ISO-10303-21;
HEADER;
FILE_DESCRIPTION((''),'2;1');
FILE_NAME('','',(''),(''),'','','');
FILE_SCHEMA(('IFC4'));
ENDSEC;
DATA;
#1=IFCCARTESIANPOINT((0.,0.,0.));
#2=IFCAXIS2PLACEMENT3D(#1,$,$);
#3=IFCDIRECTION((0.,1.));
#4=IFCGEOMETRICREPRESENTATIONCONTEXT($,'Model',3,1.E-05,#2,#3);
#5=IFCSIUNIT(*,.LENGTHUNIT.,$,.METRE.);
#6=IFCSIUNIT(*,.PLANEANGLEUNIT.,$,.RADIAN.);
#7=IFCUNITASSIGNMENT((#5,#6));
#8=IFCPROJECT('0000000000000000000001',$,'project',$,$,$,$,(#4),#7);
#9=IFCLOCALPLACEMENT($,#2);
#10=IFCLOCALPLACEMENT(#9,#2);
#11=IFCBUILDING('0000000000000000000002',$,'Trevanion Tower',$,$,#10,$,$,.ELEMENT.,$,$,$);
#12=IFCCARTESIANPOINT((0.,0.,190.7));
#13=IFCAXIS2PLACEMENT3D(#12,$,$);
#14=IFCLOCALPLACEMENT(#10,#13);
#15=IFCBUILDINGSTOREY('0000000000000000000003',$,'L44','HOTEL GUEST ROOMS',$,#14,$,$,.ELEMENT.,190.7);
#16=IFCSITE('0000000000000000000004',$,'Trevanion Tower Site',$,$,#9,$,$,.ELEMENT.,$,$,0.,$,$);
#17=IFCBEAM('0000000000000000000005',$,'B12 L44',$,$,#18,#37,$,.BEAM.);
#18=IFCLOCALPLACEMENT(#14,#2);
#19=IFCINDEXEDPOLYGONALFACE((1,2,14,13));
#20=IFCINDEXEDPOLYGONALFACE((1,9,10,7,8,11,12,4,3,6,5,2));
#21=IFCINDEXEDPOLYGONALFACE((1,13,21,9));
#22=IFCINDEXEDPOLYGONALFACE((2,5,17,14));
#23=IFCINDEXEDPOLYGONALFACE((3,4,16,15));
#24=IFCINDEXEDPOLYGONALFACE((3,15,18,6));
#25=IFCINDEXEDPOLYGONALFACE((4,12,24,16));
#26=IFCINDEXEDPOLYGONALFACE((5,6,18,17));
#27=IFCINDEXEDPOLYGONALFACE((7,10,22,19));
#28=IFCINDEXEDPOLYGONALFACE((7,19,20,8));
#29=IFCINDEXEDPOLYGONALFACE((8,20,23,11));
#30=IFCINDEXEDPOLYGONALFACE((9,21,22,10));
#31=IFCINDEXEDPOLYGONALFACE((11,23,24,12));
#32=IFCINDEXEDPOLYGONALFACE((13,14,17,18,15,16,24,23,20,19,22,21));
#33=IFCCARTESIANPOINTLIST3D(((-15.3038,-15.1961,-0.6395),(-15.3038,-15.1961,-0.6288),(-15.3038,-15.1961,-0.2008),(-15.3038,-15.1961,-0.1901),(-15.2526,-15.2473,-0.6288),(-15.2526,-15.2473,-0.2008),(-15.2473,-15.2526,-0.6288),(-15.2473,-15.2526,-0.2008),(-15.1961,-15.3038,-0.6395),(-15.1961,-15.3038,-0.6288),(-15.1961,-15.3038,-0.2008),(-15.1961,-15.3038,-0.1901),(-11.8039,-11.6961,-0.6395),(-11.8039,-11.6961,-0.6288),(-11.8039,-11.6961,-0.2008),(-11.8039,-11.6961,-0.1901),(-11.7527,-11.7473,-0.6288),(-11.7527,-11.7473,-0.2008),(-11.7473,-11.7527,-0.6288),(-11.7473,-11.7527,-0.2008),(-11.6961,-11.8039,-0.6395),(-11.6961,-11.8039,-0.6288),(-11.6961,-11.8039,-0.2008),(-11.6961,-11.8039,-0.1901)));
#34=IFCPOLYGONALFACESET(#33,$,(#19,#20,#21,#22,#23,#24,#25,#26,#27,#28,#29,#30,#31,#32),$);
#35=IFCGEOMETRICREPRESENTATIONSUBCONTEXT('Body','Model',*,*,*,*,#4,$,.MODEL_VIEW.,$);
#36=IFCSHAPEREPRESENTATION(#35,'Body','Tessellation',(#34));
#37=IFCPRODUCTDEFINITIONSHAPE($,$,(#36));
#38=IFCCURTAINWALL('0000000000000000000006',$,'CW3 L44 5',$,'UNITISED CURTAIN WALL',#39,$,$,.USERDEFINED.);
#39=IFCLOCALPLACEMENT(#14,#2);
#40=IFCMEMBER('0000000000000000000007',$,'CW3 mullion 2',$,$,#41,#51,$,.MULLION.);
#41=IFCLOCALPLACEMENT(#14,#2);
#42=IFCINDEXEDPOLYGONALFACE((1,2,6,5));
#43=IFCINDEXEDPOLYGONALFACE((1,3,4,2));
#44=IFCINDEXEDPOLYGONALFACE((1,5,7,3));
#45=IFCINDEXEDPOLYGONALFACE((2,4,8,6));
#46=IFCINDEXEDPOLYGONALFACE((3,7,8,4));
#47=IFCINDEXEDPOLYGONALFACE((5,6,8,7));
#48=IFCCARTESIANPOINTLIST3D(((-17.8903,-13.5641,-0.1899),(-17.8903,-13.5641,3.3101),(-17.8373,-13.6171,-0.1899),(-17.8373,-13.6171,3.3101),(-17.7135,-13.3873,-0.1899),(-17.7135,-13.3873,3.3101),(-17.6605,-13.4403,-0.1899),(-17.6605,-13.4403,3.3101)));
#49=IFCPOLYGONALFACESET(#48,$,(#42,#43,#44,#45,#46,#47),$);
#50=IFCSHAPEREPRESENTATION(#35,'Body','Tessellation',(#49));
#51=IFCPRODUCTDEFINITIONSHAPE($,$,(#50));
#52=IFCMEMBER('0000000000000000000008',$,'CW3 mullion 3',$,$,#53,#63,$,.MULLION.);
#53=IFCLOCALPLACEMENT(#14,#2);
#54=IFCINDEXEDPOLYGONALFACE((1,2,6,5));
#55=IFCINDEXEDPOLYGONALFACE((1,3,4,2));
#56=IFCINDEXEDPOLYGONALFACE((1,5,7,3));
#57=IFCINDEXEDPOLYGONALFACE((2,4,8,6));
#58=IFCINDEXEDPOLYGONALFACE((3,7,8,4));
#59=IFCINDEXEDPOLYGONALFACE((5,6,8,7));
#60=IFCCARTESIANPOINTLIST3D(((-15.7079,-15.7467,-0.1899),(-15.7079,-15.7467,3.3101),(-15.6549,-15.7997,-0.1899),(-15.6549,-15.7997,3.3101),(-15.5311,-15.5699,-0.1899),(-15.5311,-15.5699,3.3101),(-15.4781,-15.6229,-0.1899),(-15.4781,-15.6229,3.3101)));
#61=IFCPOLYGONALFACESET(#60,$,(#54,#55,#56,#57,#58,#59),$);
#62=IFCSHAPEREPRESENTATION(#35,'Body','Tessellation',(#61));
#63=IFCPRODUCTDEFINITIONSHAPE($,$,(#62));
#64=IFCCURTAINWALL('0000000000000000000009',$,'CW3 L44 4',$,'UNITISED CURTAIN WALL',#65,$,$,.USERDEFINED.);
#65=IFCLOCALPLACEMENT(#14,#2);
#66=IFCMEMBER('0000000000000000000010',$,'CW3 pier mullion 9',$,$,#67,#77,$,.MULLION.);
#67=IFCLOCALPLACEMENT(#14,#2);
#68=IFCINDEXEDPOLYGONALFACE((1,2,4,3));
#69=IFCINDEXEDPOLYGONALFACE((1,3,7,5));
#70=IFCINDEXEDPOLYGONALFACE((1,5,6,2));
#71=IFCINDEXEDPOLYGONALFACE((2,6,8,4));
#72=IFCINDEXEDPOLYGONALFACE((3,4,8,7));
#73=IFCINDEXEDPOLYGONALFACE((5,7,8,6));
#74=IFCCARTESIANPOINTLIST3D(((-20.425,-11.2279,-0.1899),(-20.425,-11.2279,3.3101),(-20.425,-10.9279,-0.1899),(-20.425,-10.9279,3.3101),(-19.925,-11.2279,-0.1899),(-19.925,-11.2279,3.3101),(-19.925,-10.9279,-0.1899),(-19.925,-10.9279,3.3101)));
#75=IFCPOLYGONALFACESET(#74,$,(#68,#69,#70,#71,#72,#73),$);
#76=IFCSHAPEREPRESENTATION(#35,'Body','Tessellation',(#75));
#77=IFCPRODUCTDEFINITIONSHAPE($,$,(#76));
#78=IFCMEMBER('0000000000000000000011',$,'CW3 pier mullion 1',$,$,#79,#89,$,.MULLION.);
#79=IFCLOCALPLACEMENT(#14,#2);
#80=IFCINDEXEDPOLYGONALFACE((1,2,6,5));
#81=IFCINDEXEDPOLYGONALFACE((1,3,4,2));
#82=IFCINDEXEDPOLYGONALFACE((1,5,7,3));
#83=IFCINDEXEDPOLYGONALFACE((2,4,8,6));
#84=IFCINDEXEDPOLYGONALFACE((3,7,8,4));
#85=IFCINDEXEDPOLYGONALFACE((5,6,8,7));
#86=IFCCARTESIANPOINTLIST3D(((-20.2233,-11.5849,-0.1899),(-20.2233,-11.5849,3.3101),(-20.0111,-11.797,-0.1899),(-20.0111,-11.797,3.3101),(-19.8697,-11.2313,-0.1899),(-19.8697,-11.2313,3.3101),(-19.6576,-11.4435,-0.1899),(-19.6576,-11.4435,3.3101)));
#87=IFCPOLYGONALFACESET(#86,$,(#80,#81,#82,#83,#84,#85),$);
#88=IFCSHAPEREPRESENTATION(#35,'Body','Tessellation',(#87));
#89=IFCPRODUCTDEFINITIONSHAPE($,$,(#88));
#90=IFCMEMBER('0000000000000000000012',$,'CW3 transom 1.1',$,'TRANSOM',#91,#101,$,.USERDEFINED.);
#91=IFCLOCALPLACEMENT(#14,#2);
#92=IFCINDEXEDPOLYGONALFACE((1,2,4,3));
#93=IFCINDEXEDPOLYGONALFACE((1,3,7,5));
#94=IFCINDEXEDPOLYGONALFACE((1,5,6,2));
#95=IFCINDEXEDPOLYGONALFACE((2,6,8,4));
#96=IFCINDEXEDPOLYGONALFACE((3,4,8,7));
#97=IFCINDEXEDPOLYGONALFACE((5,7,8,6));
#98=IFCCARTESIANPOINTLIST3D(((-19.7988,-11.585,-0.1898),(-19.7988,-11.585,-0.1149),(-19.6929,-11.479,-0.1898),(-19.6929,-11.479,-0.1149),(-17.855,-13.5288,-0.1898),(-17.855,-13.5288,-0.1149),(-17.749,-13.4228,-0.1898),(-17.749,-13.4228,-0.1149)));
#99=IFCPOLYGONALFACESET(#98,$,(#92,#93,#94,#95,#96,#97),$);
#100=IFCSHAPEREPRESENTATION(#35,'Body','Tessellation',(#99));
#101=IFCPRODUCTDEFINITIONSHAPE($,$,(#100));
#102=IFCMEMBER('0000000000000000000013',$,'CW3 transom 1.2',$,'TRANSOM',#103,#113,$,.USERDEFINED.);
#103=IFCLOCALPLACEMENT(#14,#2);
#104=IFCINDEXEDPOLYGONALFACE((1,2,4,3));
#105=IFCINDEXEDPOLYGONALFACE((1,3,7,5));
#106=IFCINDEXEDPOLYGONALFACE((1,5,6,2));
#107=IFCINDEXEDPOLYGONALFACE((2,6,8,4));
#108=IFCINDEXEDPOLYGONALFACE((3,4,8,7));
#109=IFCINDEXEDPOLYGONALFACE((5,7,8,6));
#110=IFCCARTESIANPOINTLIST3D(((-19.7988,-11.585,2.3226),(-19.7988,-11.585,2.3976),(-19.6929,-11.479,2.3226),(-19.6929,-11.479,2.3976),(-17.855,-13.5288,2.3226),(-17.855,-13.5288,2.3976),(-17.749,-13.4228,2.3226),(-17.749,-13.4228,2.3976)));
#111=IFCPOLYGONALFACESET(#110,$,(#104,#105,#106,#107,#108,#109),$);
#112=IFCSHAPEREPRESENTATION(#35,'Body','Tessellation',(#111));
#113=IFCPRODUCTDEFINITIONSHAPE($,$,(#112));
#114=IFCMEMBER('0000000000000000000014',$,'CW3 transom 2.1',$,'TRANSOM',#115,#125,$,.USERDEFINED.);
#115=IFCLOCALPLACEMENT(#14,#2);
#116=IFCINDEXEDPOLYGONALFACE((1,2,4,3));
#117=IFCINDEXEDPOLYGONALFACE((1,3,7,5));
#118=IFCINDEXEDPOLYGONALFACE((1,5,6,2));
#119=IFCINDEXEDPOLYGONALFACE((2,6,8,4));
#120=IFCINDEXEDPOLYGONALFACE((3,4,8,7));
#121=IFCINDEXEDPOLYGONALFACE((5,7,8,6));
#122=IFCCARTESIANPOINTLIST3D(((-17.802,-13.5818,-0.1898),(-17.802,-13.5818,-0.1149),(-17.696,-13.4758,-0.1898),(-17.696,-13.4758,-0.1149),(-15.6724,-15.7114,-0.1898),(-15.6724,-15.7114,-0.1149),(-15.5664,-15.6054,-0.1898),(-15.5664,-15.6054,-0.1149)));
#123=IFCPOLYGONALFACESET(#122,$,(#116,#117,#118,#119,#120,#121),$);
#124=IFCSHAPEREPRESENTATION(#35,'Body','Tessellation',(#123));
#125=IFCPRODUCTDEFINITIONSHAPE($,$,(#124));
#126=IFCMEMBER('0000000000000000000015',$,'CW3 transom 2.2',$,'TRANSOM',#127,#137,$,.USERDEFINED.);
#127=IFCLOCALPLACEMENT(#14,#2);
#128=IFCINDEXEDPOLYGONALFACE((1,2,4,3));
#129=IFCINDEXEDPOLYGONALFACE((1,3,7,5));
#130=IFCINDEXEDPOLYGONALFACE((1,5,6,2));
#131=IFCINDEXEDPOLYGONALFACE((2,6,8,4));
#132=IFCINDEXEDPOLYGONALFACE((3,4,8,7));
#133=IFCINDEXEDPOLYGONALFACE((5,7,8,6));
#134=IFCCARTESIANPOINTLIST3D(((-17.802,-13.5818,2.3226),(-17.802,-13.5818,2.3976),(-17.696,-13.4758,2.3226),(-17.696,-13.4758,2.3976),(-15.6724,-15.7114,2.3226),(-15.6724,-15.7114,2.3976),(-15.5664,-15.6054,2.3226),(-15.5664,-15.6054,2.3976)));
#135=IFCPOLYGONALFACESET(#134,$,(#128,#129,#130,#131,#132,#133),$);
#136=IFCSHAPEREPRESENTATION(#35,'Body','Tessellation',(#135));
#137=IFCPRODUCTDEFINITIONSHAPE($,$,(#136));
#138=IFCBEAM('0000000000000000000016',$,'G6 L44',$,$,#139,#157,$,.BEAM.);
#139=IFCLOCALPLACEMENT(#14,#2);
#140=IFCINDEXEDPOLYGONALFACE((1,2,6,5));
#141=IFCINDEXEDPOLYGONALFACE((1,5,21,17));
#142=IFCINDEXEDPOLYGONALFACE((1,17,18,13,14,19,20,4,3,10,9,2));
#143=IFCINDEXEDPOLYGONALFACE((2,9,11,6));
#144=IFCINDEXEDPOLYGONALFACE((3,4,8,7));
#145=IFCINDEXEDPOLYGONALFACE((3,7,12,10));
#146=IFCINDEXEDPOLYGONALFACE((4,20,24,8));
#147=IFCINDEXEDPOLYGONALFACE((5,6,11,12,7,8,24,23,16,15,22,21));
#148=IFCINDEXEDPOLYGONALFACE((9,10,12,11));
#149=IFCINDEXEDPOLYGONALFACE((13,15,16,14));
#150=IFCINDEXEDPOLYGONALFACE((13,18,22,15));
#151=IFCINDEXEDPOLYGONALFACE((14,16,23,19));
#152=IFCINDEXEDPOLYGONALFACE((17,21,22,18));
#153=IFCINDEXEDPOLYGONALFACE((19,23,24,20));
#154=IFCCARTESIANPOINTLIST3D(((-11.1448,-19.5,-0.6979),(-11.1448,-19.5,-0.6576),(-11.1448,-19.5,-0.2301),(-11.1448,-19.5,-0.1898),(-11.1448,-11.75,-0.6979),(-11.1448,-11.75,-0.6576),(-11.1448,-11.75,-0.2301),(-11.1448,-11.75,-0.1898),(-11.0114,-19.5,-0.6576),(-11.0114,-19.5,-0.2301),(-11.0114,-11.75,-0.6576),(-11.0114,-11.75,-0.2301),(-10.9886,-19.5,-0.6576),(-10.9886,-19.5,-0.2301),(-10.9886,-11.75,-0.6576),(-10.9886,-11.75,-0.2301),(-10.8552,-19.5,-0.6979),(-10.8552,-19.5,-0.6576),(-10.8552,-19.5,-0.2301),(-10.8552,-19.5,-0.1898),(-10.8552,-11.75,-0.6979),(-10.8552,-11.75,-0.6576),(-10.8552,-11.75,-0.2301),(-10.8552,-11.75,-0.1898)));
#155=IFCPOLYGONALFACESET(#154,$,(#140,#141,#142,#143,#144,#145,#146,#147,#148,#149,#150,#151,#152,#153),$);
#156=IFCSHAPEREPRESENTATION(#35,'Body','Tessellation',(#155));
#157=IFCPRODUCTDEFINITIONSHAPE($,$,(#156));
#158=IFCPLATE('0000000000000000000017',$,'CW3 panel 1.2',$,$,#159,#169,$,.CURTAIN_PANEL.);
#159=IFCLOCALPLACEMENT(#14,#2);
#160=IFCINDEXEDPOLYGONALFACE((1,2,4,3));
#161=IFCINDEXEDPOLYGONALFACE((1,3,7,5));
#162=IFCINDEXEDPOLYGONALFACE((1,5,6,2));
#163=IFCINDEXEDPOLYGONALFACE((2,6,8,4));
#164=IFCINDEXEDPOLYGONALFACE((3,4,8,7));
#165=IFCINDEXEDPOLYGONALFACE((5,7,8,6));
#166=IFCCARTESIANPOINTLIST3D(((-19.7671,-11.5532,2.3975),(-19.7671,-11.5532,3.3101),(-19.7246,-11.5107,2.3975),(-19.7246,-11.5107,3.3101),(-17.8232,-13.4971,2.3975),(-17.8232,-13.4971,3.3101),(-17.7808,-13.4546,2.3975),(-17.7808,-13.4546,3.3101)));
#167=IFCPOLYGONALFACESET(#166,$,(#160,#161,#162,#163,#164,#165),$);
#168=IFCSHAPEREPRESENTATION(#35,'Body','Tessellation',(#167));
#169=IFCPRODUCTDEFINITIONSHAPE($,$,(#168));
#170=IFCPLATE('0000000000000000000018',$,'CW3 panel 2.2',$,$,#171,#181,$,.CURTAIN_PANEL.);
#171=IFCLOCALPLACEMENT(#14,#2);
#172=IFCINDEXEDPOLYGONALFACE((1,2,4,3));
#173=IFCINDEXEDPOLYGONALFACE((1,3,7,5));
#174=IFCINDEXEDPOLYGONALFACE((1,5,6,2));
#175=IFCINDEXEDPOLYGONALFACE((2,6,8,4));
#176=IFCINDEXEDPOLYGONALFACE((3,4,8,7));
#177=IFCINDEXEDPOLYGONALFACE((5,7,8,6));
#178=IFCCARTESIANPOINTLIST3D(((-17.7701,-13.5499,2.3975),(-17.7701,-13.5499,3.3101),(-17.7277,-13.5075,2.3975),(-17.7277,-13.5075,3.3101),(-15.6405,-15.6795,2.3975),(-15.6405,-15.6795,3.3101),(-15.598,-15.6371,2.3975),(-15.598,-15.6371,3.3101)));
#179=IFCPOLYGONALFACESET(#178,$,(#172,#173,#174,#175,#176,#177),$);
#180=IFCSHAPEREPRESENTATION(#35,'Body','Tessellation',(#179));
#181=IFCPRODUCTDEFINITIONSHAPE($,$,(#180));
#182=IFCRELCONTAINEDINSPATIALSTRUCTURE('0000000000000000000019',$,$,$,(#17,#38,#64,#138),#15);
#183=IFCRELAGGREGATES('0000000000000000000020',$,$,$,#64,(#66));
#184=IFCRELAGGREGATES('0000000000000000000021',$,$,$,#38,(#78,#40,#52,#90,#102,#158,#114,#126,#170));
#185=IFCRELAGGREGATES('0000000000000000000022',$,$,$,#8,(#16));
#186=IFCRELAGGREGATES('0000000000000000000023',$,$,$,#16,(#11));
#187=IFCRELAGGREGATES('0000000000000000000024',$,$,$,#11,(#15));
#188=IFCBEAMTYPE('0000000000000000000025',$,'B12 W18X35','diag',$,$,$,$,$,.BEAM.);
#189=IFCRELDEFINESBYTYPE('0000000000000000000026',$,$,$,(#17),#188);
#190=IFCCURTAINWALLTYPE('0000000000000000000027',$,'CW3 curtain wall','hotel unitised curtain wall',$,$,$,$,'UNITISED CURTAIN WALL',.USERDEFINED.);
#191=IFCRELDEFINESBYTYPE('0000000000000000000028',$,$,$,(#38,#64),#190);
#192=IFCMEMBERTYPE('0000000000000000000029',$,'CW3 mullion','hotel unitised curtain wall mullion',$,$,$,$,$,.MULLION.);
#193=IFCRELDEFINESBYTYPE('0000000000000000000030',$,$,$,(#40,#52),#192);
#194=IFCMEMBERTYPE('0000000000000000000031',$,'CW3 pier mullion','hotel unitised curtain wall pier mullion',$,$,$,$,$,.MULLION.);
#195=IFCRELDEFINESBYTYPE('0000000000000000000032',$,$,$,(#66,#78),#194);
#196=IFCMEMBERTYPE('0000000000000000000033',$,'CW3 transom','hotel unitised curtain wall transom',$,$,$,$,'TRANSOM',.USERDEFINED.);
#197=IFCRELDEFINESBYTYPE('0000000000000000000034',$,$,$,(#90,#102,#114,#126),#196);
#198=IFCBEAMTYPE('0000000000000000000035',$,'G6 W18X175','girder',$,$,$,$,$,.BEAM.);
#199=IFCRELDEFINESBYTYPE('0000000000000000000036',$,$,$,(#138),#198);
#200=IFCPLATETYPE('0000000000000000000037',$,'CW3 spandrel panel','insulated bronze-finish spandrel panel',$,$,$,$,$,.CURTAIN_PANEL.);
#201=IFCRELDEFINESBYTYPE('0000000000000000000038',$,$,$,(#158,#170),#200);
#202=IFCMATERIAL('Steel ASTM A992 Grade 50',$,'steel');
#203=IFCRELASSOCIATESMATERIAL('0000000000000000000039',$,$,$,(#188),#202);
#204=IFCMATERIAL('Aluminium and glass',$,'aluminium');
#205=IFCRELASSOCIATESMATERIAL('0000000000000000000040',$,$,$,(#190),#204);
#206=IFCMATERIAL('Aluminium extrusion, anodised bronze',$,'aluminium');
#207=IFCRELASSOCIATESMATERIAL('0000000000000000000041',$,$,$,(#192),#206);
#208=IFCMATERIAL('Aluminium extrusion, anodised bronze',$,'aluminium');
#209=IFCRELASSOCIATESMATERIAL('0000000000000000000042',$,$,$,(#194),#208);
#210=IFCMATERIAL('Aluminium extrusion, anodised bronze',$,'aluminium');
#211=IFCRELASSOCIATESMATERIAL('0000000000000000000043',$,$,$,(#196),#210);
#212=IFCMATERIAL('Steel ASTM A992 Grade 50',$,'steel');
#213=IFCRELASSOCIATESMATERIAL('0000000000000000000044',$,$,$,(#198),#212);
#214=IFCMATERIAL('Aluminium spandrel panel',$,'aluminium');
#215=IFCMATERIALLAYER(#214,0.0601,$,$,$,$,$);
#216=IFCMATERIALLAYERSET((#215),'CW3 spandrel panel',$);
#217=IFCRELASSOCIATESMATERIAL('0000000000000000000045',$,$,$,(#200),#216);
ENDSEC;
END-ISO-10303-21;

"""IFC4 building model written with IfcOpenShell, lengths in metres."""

from ifc_helpers import new_model, si_unit, direction, frame, origin, origin_2d, place, context, subcontext, project, spatial, rectangle, i_section, extrude, material, layer, layer_set, material_profile, profile_set, type_object, element, aggregate, save


model = new_model("IFC4")

# Units and contexts
model_context = context("Model", 3, precision=1e-05, world=origin(), true_north=direction((0.0, 1.0)))
body_context = subcontext(model_context, "Body", "Model", "MODEL_VIEW")
ifc_project = project(units=[si_unit("LENGTHUNIT", "METRE"), si_unit("PLANEANGLEUNIT", "RADIAN")], contexts=[model_context])

# Site, building, storey
site_placement = place(None, origin())
site = spatial("IfcSite", under=ifc_project, at=site_placement, Name="Trevanion Tower Site", CompositionType="ELEMENT", RefElevation=0.0)
building_placement = place(site_placement, origin())
building = spatial("IfcBuilding", under=site, at=building_placement, Name="Trevanion Tower", CompositionType="ELEMENT")
storey_placement = place(building_placement, frame((0.0, 0.0, 190.7)))
storey = spatial("IfcBuildingStorey", under=building, at=storey_placement, Name="L44", Description="HOTEL GUEST ROOMS", CompositionType="ELEMENT", Elevation=190.7)

# Beam
ifc_material_1 = material(Name="Steel ASTM A992 Grade 50", Category="steel")
ifc_material_profile_1 = material_profile(ifc_material_1, i_section(OverallWidth=0.1523, OverallDepth=0.4495, WebThickness=0.0076, FlangeThickness=0.0107, at=origin_2d()), Name="W18X35")
ifc_profile_set_1 = profile_set([ifc_material_profile_1], Name="Steel ASTM A992 Grade 50")
beam_type_1 = type_object("IfcBeamType", Name="B12 W18X35", Description="diag", PredefinedType="BEAM", material=ifc_profile_set_1)
beam_1_placement = place(storey_placement, frame((-11.75, -11.75, -0.4148), z_axis=(-0.707107, -0.707107, 0.0), x_axis=(0.707107, -0.707107, 0.0)))
element("IfcBeam", 1, at=beam_1_placement, inside=storey, type_object=beam_type_1, Name="B12 L44", PredefinedType="BEAM", context=body_context, shape_type="SweptSolid", body=[
    extrude(i_section(OverallWidth=0.1523, OverallDepth=0.4495, WebThickness=0.0076, FlangeThickness=0.0107, at=origin_2d()), origin(), (0.0, 0.0, 1.0), 4.9497),
])

# Curtain wall, members
ifc_material_2 = material(Name="Aluminium and glass", Category="aluminium")
curtain_wall_type = type_object("IfcCurtainWallType", Name="CW3 curtain wall", Description="hotel unitised curtain wall", ElementType="UNITISED CURTAIN WALL", PredefinedType="USERDEFINED", material=ifc_material_2)
curtain_wall_1_placement = place(storey_placement, origin())
curtain_wall_1 = element("IfcCurtainWall", 2, at=curtain_wall_1_placement, inside=storey, type_object=curtain_wall_type, Name="CW3 L44 5", ObjectType="UNITISED CURTAIN WALL", PredefinedType="USERDEFINED")
ifc_material_3 = material(Name="Aluminium extrusion, anodised bronze", Category="aluminium")
ifc_material_profile_2 = material_profile(ifc_material_3, rectangle(XDim=0.075, YDim=0.25, at=origin_2d()), Name="CW3 mullion")
ifc_profile_set_2 = profile_set([ifc_material_profile_2], Name="Aluminium extrusion, anodised bronze")
member_type_1 = type_object("IfcMemberType", Name="CW3 mullion", Description="hotel unitised curtain wall mullion", PredefinedType="MULLION", material=ifc_profile_set_2)
member_1_placement = place(storey_placement, frame((-17.7754, -13.5022, -0.1899), z_axis=(0.0, 0.0, 1.0), x_axis=(0.707107, -0.707107, 0.0)))
member_1 = element("IfcMember", 3, at=member_1_placement, type_object=member_type_1, Name="CW3 mullion 2", PredefinedType="MULLION", context=body_context, shape_type="SweptSolid", body=[
    extrude(rectangle(XDim=0.075, YDim=0.25, at=origin_2d()), origin(), (0.0, 0.0, 1.0), 3.5),
])
member_2_placement = place(storey_placement, frame((-15.593, -15.6848, -0.1899), z_axis=(0.0, 0.0, 1.0), x_axis=(0.707107, -0.707107, 0.0)))
member_2 = element("IfcMember", 4, at=member_2_placement, type_object=member_type_1, Name="CW3 mullion 3", PredefinedType="MULLION", context=body_context, shape_type="SweptSolid", body=[
    extrude(rectangle(XDim=0.075, YDim=0.25, at=origin_2d()), origin(), (0.0, 0.0, 1.0), 3.5),
])

# Curtain wall, member
curtain_wall_2_placement = place(storey_placement, origin())
curtain_wall_2 = element("IfcCurtainWall", 5, at=curtain_wall_2_placement, inside=storey, type_object=curtain_wall_type, Name="CW3 L44 4", ObjectType="UNITISED CURTAIN WALL", PredefinedType="USERDEFINED")
ifc_material_4 = material(Name="Aluminium extrusion, anodised bronze", Category="aluminium")
ifc_material_profile_3 = material_profile(ifc_material_4, rectangle(XDim=0.3, YDim=0.5, at=origin_2d()), Name="CW3 pier mullion")
ifc_profile_set_3 = profile_set([ifc_material_profile_3], Name="Aluminium extrusion, anodised bronze")
member_type_2 = type_object("IfcMemberType", Name="CW3 pier mullion", Description="hotel unitised curtain wall pier mullion", PredefinedType="MULLION", material=ifc_profile_set_3)
member_3_placement = place(storey_placement, frame((-20.175, -11.0779, -0.1899), z_axis=(0.0, 0.0, 1.0), x_axis=(0.0, -1.0, 0.0)))
member_3 = element("IfcMember", 6, at=member_3_placement, type_object=member_type_2, Name="CW3 pier mullion 9", PredefinedType="MULLION", context=body_context, shape_type="SweptSolid", body=[
    extrude(rectangle(XDim=0.3, YDim=0.5, at=origin_2d()), origin(), (0.0, 0.0, 1.0), 3.5),
])
aggregate(curtain_wall_2, [member_3])

# Members
member_4_placement = place(storey_placement, frame((-19.9404, -11.5142, -0.1899), z_axis=(0.0, 0.0, 1.0), x_axis=(0.707107, -0.707107, 0.0)))
member_4 = element("IfcMember", 7, at=member_4_placement, type_object=member_type_2, Name="CW3 pier mullion 1", PredefinedType="MULLION", context=body_context, shape_type="SweptSolid", body=[
    extrude(rectangle(XDim=0.3, YDim=0.5, at=origin_2d()), origin(), (0.0, 0.0, 1.0), 3.5),
])
ifc_material_5 = material(Name="Aluminium extrusion, anodised bronze", Category="aluminium")
ifc_material_profile_4 = material_profile(ifc_material_5, rectangle(XDim=0.1499, YDim=0.075, at=origin_2d()), Name="CW3 transom")
ifc_profile_set_4 = profile_set([ifc_material_profile_4], Name="Aluminium extrusion, anodised bronze")
member_type_3 = type_object("IfcMemberType", Name="CW3 transom", Description="hotel unitised curtain wall transom", ElementType="TRANSOM", PredefinedType="USERDEFINED", material=ifc_profile_set_4)
member_5_placement = place(storey_placement, frame((-19.7458, -11.532, -0.1523), z_axis=(0.707107, -0.707107, 0.0), x_axis=(0.707107, 0.707107, 0.0)))
member_5 = element("IfcMember", 8, at=member_5_placement, type_object=member_type_3, Name="CW3 transom 1.1", ObjectType="TRANSOM", PredefinedType="USERDEFINED", context=body_context, shape_type="SweptSolid", body=[
    extrude(rectangle(XDim=0.1499, YDim=0.075, at=origin_2d()), origin(), (0.0, 0.0, 1.0), 2.749),
])
member_6_placement = place(storey_placement, frame((-19.7458, -11.532, 2.3601), z_axis=(0.707107, -0.707107, 0.0), x_axis=(0.707107, 0.707107, 0.0)))
member_6 = element("IfcMember", 9, at=member_6_placement, type_object=member_type_3, Name="CW3 transom 1.2", ObjectType="TRANSOM", PredefinedType="USERDEFINED", context=body_context, shape_type="SweptSolid", body=[
    extrude(rectangle(XDim=0.1499, YDim=0.075, at=origin_2d()), origin(), (0.0, 0.0, 1.0), 2.749),
])
member_7_placement = place(storey_placement, frame((-17.749, -13.5288, -0.1523), z_axis=(0.707107, -0.707107, 0.0), x_axis=(0.707107, 0.707107, 0.0)))
member_7 = element("IfcMember", 10, at=member_7_placement, type_object=member_type_3, Name="CW3 transom 2.1", ObjectType="TRANSOM", PredefinedType="USERDEFINED", context=body_context, shape_type="SweptSolid", body=[
    extrude(rectangle(XDim=0.1499, YDim=0.075, at=origin_2d()), origin(), (0.0, 0.0, 1.0), 3.0117),
])
member_8_placement = place(storey_placement, frame((-17.749, -13.5288, 2.3601), z_axis=(0.707107, -0.707107, 0.0), x_axis=(0.707107, 0.707107, 0.0)))
member_8 = element("IfcMember", 11, at=member_8_placement, type_object=member_type_3, Name="CW3 transom 2.2", ObjectType="TRANSOM", PredefinedType="USERDEFINED", context=body_context, shape_type="SweptSolid", body=[
    extrude(rectangle(XDim=0.1499, YDim=0.075, at=origin_2d()), origin(), (0.0, 0.0, 1.0), 3.0117),
])

# Beam
ifc_material_6 = material(Name="Steel ASTM A992 Grade 50", Category="steel")
ifc_material_profile_5 = material_profile(ifc_material_6, i_section(OverallWidth=0.2896, OverallDepth=0.5081, WebThickness=0.0227, FlangeThickness=0.0403, at=origin_2d()), Name="W18X175")
ifc_profile_set_5 = profile_set([ifc_material_profile_5], Name="Steel ASTM A992 Grade 50")
beam_type_2 = type_object("IfcBeamType", Name="G6 W18X175", Description="girder", PredefinedType="BEAM", material=ifc_profile_set_5)
beam_2_placement = place(storey_placement, frame((-11.0, -11.75, -0.4438), z_axis=(0.0, -1.0, 0.0), x_axis=(1.0, 0.0, 0.0)))
element("IfcBeam", 12, at=beam_2_placement, inside=storey, type_object=beam_type_2, Name="G6 L44", PredefinedType="BEAM", context=body_context, shape_type="SweptSolid", body=[
    extrude(i_section(OverallWidth=0.2896, OverallDepth=0.5081, WebThickness=0.0227, FlangeThickness=0.0403, at=origin_2d()), origin(), (0.0, 0.0, 1.0), 7.75),
])

# Plates
ifc_material_7 = material(Name="Aluminium spandrel panel", Category="aluminium")
ifc_layer_1 = layer(ifc_material_7, 0.0601)
ifc_layer_set_1 = layer_set([ifc_layer_1], Name="CW3 spandrel panel")
plate_type_1 = type_object("IfcPlateType", Name="CW3 spandrel panel", Description="insulated bronze-finish spandrel panel", PredefinedType="CURTAIN_PANEL", material=ifc_layer_set_1)
plate_1_placement = place(storey_placement, frame((-18.7739, -12.5039, 2.3975), z_axis=(0.0, 0.0, 1.0), x_axis=(0.707107, -0.707107, 0.0)))
plate_1 = element("IfcPlate", 13, at=plate_1_placement, type_object=plate_type_1, Name="CW3 panel 1.2", PredefinedType="CURTAIN_PANEL", context=body_context, shape_type="SweptSolid", body=[
    extrude(rectangle(XDim=2.749, YDim=0.0601, at=origin_2d()), origin(), (0.0, 0.0, 1.0), 0.9126),
])
plate_2_placement = place(storey_placement, frame((-16.6841, -14.5935, 2.3975), z_axis=(0.0, 0.0, 1.0), x_axis=(0.707107, -0.707107, 0.0)))
plate_2 = element("IfcPlate", 14, at=plate_2_placement, type_object=plate_type_1, Name="CW3 panel 2.2", PredefinedType="CURTAIN_PANEL", context=body_context, shape_type="SweptSolid", body=[
    extrude(rectangle(XDim=3.0117, YDim=0.0601, at=origin_2d()), origin(), (0.0, 0.0, 1.0), 0.9126),
])
aggregate(curtain_wall_1, [member_4, member_1, member_2, member_5, member_6, plate_1, member_7, member_8, plate_2])

save(model, "model.ifc")
